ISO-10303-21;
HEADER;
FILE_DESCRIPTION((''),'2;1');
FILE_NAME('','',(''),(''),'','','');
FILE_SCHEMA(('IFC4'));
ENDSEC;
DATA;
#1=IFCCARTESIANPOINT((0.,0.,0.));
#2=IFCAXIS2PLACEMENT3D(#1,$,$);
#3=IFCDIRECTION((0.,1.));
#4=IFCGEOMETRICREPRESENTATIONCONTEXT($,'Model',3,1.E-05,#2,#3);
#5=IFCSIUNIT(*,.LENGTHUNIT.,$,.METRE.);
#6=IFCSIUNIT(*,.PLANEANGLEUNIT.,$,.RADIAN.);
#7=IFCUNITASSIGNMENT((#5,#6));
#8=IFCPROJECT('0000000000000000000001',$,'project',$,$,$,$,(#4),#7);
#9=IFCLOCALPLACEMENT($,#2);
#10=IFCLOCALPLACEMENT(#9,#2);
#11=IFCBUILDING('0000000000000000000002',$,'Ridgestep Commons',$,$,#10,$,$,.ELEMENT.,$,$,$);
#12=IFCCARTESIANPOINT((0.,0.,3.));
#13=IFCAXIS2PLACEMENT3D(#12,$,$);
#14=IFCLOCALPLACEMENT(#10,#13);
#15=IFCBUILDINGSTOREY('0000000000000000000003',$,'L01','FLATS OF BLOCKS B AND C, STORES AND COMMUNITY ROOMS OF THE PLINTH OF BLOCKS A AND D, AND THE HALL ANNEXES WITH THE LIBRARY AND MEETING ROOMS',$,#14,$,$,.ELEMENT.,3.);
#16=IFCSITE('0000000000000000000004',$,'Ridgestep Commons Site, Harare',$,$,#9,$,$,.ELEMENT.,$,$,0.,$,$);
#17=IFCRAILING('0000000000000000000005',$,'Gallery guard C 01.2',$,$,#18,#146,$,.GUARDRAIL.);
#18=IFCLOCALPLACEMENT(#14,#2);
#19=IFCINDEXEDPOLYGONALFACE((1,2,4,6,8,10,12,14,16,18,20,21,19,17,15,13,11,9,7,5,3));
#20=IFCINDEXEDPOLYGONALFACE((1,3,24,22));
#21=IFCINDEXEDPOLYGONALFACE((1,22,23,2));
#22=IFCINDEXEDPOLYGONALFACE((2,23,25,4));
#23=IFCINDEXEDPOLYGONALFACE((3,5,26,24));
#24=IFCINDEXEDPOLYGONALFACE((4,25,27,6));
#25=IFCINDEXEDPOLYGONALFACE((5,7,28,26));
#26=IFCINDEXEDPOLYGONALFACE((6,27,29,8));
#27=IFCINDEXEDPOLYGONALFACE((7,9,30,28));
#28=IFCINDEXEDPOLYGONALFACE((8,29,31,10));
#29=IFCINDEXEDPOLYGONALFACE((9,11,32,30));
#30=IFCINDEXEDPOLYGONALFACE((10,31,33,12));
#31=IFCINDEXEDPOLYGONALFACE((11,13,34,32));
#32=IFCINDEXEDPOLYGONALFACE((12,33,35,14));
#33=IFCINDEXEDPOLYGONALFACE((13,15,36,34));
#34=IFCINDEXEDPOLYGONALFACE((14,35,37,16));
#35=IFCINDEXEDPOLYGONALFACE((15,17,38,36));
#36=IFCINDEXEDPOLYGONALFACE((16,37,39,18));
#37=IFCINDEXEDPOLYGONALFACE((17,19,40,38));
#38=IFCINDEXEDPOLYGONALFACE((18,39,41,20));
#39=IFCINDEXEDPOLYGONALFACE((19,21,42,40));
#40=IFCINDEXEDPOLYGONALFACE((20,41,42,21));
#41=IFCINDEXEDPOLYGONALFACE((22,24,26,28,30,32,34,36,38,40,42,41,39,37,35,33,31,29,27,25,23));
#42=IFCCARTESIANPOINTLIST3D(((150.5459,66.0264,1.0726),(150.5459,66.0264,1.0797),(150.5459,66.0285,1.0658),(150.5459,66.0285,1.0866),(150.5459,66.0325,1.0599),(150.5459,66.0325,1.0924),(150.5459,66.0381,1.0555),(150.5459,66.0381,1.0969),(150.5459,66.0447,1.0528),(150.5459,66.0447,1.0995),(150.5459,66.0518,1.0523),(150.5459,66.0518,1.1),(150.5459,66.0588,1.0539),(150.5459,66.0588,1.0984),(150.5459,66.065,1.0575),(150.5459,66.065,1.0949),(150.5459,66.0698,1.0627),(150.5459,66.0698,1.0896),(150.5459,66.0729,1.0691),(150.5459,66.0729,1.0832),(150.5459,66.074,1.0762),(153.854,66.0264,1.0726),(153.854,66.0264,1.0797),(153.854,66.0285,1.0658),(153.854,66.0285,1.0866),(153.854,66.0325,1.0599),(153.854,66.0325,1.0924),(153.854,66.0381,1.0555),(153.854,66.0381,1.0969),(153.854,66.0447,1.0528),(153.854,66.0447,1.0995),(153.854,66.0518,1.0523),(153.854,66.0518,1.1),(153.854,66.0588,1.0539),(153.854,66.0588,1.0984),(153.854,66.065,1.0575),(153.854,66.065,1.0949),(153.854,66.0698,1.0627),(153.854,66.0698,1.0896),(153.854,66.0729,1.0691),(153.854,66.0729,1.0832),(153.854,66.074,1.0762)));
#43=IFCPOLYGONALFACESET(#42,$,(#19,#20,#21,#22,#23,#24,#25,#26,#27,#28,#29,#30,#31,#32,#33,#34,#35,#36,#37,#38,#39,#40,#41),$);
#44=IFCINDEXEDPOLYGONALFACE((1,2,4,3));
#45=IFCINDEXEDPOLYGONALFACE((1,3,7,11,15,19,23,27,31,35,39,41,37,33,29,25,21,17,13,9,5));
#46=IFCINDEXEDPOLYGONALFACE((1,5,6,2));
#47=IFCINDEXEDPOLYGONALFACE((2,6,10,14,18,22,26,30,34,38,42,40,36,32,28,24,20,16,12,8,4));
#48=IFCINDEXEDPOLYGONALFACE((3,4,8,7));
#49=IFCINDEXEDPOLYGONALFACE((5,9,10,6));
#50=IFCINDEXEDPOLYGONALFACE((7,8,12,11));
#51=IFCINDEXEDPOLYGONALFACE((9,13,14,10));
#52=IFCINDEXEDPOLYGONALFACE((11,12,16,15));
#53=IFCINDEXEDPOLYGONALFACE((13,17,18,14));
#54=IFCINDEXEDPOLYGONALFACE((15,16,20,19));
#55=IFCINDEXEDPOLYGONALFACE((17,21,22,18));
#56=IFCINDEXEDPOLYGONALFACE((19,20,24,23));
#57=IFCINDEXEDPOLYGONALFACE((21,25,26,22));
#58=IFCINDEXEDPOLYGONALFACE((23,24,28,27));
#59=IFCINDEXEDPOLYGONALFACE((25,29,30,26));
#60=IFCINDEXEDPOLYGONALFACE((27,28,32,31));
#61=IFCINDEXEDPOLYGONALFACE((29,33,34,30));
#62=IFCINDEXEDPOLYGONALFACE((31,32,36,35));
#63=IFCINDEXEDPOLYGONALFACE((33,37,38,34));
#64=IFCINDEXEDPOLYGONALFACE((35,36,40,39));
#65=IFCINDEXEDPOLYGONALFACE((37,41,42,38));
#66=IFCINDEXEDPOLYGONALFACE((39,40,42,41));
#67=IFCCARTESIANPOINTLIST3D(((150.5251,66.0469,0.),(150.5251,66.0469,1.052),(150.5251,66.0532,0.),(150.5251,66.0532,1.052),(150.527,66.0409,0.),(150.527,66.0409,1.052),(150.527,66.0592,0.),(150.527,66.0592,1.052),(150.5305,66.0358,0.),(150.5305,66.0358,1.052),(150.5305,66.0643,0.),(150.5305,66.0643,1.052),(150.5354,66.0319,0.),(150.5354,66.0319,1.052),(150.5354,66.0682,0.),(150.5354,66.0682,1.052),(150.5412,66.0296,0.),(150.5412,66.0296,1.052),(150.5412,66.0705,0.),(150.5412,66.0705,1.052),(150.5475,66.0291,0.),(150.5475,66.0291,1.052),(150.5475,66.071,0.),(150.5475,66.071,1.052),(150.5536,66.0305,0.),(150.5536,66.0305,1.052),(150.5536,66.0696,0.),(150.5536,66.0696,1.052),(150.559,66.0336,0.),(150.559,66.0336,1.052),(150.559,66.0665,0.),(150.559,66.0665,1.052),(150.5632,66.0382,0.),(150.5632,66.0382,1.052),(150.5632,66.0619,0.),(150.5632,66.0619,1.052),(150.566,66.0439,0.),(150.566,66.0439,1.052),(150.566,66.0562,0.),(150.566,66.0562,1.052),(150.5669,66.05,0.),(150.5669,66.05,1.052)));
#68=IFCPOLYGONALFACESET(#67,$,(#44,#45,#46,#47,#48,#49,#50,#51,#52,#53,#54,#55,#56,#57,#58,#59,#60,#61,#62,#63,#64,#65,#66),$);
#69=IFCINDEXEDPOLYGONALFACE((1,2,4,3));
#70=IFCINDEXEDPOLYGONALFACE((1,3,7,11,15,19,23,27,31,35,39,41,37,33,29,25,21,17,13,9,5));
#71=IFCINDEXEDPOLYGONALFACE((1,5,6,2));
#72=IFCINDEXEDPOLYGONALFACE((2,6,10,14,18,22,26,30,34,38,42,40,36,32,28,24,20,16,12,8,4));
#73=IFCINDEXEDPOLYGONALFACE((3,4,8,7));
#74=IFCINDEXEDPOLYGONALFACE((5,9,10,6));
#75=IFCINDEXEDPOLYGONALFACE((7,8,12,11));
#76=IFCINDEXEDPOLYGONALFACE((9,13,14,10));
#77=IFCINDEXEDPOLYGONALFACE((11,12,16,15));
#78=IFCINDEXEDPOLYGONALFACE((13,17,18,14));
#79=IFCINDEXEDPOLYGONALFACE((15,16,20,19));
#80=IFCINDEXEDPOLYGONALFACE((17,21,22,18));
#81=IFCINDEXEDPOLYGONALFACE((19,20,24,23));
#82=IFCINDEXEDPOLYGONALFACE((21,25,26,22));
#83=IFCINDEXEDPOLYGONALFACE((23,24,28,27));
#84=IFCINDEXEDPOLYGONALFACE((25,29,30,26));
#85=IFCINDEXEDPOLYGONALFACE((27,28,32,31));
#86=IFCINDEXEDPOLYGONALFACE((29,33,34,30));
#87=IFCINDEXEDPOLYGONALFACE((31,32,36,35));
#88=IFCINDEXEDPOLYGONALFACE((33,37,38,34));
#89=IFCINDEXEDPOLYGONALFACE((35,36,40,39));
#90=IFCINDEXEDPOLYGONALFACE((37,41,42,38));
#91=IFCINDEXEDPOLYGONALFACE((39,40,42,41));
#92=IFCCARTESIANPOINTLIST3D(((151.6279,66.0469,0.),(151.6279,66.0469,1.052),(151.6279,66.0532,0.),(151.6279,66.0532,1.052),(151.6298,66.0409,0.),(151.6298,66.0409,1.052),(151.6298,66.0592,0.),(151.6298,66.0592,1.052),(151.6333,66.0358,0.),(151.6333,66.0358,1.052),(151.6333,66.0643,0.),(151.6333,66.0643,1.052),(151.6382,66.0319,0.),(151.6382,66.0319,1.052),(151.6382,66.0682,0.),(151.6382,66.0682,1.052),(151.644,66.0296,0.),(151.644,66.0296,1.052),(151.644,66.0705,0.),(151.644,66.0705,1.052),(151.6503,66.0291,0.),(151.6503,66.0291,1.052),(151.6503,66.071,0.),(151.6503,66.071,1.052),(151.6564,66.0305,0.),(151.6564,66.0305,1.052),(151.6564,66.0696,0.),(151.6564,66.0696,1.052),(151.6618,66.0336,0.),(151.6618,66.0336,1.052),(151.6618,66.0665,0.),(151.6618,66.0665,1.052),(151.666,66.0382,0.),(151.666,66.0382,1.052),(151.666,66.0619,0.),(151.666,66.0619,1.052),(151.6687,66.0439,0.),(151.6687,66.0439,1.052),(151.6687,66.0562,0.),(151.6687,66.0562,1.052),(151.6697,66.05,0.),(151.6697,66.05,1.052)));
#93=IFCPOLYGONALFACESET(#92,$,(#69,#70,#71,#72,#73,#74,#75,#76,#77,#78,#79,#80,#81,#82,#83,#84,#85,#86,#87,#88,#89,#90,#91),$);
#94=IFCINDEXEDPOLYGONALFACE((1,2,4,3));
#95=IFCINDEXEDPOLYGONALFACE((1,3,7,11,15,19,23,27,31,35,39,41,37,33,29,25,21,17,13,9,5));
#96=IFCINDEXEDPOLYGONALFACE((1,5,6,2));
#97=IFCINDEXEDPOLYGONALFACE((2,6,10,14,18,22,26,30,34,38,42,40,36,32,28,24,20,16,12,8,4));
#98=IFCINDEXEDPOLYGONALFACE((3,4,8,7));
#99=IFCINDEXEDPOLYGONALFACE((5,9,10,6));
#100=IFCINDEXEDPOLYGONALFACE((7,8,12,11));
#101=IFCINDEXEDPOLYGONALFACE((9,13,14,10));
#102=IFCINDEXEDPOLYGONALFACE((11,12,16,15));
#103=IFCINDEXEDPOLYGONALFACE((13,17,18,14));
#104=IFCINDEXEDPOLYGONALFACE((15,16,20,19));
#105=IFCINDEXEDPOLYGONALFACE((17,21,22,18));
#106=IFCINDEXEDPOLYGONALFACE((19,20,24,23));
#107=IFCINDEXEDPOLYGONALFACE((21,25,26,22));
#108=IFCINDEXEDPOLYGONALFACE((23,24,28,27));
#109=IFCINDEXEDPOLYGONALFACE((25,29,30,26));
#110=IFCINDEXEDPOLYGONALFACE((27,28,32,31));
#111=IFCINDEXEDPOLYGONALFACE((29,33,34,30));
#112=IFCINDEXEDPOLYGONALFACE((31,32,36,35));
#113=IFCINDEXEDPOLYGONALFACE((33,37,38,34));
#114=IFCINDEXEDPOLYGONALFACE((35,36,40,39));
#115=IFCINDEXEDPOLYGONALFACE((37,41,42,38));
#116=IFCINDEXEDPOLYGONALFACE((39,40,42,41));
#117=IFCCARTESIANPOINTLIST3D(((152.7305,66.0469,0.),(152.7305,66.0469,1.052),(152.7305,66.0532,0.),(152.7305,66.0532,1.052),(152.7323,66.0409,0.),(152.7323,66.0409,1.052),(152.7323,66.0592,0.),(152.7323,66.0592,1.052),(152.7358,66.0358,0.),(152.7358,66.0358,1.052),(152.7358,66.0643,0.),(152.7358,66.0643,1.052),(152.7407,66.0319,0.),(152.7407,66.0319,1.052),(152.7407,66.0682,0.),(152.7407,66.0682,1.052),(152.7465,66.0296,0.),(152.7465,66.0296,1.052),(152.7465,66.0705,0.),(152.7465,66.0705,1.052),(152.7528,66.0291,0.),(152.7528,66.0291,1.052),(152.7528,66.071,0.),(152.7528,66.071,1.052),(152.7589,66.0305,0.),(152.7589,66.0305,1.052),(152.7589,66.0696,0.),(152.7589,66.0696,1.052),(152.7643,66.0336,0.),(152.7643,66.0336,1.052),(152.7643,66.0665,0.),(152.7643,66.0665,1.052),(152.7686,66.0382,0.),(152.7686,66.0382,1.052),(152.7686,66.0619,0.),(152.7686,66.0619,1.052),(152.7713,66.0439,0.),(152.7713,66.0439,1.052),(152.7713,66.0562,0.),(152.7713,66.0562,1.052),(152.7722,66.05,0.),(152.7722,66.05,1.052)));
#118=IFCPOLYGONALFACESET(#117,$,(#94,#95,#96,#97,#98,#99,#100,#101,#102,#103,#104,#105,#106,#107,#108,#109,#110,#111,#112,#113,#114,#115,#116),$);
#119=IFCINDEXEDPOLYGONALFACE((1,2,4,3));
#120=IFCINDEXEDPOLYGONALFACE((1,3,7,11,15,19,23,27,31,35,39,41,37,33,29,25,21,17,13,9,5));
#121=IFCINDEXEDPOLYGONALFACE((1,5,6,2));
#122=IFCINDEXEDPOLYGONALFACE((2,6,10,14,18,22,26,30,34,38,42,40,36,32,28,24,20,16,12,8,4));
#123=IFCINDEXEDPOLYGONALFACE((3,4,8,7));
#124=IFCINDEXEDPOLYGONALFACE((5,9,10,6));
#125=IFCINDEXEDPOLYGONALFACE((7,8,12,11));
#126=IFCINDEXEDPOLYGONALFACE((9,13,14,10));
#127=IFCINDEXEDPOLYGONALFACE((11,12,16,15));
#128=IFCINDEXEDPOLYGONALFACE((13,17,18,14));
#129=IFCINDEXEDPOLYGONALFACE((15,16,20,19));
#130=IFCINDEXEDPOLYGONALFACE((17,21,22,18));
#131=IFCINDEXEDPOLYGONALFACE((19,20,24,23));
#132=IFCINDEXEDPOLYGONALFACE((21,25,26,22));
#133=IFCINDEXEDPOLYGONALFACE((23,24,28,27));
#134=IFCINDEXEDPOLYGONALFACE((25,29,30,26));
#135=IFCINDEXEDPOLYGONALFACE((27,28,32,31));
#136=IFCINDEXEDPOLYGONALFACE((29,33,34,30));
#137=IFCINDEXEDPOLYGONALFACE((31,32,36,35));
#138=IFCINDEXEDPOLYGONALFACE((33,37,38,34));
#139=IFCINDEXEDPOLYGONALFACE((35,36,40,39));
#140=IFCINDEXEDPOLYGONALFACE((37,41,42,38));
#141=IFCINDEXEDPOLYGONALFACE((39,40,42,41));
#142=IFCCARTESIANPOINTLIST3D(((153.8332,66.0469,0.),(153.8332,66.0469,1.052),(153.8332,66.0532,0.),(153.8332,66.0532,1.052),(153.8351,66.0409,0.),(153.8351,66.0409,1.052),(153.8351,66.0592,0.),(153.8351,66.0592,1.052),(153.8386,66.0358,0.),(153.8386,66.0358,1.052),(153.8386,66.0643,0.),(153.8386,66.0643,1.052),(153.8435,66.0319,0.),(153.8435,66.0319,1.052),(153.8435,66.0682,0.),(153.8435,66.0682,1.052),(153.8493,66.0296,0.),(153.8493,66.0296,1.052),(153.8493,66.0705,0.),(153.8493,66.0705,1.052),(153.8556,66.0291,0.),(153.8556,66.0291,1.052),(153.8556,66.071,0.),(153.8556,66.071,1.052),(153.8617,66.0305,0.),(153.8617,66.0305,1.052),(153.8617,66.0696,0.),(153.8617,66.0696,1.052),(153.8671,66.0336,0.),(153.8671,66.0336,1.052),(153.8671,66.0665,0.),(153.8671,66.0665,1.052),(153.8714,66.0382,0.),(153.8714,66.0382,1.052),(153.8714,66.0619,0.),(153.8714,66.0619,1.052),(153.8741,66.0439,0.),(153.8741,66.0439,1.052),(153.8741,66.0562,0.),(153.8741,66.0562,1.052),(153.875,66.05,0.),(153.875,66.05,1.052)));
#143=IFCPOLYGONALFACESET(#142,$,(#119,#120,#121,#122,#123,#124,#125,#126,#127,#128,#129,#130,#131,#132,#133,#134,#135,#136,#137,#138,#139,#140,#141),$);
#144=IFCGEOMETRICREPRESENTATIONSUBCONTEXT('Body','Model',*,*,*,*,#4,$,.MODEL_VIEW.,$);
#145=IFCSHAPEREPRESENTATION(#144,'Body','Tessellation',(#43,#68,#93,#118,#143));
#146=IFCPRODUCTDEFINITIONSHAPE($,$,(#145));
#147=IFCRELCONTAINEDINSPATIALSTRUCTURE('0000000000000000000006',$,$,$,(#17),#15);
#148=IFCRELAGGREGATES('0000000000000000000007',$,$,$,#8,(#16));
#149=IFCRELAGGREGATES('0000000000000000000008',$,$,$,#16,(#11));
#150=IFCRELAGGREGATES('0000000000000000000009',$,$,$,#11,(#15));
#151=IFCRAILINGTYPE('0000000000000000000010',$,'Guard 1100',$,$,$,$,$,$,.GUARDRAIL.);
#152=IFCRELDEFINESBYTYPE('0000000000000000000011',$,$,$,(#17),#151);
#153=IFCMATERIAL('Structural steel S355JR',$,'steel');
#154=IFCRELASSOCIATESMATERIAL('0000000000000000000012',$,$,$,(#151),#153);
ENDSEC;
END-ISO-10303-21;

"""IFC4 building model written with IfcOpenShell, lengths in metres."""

from ifc_helpers import new_model, si_unit, direction, frame, origin, origin_2d, place, context, subcontext, project, spatial, circle, extrude, material, type_object, element, save


model = new_model("IFC4")

# Units and contexts
model_context = context("Model", 3, precision=1e-05, world=origin(), true_north=direction((0.0, 1.0)))
body_context = subcontext(model_context, "Body", "Model", "MODEL_VIEW")
ifc_project = project(units=[si_unit("LENGTHUNIT", "METRE"), si_unit("PLANEANGLEUNIT", "RADIAN")], contexts=[model_context])

# Site, building, storey
site_placement = place(None, origin())
site = spatial("IfcSite", under=ifc_project, at=site_placement, Name="Ridgestep Commons Site, Harare", CompositionType="ELEMENT", RefElevation=0.0)
building_placement = place(site_placement, origin())
building = spatial("IfcBuilding", under=site, at=building_placement, Name="Ridgestep Commons", CompositionType="ELEMENT")
storey_placement = place(building_placement, frame((0.0, 0.0, 3.0)))
storey = spatial("IfcBuildingStorey", under=building, at=storey_placement, Name="L01", Description="FLATS OF BLOCKS B AND C, STORES AND COMMUNITY ROOMS OF THE PLINTH OF BLOCKS A AND D, AND THE HALL ANNEXES WITH THE LIBRARY AND MEETING ROOMS", CompositionType="ELEMENT", Elevation=3.0)

# Railing
ifc_material_1 = material(Name="Structural steel S355JR", Category="steel")
railing_type = type_object("IfcRailingType", Name="Guard 1100", PredefinedType="GUARDRAIL", material=ifc_material_1)
railing_1_placement = place(storey_placement, frame((150.5459, 66.05, 0.0)))
element("IfcRailing", 1, at=railing_1_placement, inside=storey, type_object=railing_type, Name="Gallery guard C 01.2", PredefinedType="GUARDRAIL", context=body_context, shape_type="SweptSolid", body=[
    extrude(circle(Radius=0.0239, at=origin_2d()), frame((0.0, 0.0, 1.0762), z_axis=(1.0, 0.0, 0.0), x_axis=(0.0, 1.0, 0.0)), (0.0, 0.0, 1.0), 3.3081),
    extrude(circle(Radius=0.021, at=origin_2d()), origin(), (0.0, 0.0, 1.0), 1.052),
    extrude(circle(Radius=0.021, at=origin_2d()), frame((1.1028, 0.0, 0.0)), (0.0, 0.0, 1.0), 1.052),
    extrude(circle(Radius=0.021, at=origin_2d()), frame((2.2053, 0.0, 0.0)), (0.0, 0.0, 1.0), 1.052),
    extrude(circle(Radius=0.021, at=origin_2d()), frame((3.3081, 0.0, 0.0)), (0.0, 0.0, 1.0), 1.052),
])

save(model, "model.ifc")
